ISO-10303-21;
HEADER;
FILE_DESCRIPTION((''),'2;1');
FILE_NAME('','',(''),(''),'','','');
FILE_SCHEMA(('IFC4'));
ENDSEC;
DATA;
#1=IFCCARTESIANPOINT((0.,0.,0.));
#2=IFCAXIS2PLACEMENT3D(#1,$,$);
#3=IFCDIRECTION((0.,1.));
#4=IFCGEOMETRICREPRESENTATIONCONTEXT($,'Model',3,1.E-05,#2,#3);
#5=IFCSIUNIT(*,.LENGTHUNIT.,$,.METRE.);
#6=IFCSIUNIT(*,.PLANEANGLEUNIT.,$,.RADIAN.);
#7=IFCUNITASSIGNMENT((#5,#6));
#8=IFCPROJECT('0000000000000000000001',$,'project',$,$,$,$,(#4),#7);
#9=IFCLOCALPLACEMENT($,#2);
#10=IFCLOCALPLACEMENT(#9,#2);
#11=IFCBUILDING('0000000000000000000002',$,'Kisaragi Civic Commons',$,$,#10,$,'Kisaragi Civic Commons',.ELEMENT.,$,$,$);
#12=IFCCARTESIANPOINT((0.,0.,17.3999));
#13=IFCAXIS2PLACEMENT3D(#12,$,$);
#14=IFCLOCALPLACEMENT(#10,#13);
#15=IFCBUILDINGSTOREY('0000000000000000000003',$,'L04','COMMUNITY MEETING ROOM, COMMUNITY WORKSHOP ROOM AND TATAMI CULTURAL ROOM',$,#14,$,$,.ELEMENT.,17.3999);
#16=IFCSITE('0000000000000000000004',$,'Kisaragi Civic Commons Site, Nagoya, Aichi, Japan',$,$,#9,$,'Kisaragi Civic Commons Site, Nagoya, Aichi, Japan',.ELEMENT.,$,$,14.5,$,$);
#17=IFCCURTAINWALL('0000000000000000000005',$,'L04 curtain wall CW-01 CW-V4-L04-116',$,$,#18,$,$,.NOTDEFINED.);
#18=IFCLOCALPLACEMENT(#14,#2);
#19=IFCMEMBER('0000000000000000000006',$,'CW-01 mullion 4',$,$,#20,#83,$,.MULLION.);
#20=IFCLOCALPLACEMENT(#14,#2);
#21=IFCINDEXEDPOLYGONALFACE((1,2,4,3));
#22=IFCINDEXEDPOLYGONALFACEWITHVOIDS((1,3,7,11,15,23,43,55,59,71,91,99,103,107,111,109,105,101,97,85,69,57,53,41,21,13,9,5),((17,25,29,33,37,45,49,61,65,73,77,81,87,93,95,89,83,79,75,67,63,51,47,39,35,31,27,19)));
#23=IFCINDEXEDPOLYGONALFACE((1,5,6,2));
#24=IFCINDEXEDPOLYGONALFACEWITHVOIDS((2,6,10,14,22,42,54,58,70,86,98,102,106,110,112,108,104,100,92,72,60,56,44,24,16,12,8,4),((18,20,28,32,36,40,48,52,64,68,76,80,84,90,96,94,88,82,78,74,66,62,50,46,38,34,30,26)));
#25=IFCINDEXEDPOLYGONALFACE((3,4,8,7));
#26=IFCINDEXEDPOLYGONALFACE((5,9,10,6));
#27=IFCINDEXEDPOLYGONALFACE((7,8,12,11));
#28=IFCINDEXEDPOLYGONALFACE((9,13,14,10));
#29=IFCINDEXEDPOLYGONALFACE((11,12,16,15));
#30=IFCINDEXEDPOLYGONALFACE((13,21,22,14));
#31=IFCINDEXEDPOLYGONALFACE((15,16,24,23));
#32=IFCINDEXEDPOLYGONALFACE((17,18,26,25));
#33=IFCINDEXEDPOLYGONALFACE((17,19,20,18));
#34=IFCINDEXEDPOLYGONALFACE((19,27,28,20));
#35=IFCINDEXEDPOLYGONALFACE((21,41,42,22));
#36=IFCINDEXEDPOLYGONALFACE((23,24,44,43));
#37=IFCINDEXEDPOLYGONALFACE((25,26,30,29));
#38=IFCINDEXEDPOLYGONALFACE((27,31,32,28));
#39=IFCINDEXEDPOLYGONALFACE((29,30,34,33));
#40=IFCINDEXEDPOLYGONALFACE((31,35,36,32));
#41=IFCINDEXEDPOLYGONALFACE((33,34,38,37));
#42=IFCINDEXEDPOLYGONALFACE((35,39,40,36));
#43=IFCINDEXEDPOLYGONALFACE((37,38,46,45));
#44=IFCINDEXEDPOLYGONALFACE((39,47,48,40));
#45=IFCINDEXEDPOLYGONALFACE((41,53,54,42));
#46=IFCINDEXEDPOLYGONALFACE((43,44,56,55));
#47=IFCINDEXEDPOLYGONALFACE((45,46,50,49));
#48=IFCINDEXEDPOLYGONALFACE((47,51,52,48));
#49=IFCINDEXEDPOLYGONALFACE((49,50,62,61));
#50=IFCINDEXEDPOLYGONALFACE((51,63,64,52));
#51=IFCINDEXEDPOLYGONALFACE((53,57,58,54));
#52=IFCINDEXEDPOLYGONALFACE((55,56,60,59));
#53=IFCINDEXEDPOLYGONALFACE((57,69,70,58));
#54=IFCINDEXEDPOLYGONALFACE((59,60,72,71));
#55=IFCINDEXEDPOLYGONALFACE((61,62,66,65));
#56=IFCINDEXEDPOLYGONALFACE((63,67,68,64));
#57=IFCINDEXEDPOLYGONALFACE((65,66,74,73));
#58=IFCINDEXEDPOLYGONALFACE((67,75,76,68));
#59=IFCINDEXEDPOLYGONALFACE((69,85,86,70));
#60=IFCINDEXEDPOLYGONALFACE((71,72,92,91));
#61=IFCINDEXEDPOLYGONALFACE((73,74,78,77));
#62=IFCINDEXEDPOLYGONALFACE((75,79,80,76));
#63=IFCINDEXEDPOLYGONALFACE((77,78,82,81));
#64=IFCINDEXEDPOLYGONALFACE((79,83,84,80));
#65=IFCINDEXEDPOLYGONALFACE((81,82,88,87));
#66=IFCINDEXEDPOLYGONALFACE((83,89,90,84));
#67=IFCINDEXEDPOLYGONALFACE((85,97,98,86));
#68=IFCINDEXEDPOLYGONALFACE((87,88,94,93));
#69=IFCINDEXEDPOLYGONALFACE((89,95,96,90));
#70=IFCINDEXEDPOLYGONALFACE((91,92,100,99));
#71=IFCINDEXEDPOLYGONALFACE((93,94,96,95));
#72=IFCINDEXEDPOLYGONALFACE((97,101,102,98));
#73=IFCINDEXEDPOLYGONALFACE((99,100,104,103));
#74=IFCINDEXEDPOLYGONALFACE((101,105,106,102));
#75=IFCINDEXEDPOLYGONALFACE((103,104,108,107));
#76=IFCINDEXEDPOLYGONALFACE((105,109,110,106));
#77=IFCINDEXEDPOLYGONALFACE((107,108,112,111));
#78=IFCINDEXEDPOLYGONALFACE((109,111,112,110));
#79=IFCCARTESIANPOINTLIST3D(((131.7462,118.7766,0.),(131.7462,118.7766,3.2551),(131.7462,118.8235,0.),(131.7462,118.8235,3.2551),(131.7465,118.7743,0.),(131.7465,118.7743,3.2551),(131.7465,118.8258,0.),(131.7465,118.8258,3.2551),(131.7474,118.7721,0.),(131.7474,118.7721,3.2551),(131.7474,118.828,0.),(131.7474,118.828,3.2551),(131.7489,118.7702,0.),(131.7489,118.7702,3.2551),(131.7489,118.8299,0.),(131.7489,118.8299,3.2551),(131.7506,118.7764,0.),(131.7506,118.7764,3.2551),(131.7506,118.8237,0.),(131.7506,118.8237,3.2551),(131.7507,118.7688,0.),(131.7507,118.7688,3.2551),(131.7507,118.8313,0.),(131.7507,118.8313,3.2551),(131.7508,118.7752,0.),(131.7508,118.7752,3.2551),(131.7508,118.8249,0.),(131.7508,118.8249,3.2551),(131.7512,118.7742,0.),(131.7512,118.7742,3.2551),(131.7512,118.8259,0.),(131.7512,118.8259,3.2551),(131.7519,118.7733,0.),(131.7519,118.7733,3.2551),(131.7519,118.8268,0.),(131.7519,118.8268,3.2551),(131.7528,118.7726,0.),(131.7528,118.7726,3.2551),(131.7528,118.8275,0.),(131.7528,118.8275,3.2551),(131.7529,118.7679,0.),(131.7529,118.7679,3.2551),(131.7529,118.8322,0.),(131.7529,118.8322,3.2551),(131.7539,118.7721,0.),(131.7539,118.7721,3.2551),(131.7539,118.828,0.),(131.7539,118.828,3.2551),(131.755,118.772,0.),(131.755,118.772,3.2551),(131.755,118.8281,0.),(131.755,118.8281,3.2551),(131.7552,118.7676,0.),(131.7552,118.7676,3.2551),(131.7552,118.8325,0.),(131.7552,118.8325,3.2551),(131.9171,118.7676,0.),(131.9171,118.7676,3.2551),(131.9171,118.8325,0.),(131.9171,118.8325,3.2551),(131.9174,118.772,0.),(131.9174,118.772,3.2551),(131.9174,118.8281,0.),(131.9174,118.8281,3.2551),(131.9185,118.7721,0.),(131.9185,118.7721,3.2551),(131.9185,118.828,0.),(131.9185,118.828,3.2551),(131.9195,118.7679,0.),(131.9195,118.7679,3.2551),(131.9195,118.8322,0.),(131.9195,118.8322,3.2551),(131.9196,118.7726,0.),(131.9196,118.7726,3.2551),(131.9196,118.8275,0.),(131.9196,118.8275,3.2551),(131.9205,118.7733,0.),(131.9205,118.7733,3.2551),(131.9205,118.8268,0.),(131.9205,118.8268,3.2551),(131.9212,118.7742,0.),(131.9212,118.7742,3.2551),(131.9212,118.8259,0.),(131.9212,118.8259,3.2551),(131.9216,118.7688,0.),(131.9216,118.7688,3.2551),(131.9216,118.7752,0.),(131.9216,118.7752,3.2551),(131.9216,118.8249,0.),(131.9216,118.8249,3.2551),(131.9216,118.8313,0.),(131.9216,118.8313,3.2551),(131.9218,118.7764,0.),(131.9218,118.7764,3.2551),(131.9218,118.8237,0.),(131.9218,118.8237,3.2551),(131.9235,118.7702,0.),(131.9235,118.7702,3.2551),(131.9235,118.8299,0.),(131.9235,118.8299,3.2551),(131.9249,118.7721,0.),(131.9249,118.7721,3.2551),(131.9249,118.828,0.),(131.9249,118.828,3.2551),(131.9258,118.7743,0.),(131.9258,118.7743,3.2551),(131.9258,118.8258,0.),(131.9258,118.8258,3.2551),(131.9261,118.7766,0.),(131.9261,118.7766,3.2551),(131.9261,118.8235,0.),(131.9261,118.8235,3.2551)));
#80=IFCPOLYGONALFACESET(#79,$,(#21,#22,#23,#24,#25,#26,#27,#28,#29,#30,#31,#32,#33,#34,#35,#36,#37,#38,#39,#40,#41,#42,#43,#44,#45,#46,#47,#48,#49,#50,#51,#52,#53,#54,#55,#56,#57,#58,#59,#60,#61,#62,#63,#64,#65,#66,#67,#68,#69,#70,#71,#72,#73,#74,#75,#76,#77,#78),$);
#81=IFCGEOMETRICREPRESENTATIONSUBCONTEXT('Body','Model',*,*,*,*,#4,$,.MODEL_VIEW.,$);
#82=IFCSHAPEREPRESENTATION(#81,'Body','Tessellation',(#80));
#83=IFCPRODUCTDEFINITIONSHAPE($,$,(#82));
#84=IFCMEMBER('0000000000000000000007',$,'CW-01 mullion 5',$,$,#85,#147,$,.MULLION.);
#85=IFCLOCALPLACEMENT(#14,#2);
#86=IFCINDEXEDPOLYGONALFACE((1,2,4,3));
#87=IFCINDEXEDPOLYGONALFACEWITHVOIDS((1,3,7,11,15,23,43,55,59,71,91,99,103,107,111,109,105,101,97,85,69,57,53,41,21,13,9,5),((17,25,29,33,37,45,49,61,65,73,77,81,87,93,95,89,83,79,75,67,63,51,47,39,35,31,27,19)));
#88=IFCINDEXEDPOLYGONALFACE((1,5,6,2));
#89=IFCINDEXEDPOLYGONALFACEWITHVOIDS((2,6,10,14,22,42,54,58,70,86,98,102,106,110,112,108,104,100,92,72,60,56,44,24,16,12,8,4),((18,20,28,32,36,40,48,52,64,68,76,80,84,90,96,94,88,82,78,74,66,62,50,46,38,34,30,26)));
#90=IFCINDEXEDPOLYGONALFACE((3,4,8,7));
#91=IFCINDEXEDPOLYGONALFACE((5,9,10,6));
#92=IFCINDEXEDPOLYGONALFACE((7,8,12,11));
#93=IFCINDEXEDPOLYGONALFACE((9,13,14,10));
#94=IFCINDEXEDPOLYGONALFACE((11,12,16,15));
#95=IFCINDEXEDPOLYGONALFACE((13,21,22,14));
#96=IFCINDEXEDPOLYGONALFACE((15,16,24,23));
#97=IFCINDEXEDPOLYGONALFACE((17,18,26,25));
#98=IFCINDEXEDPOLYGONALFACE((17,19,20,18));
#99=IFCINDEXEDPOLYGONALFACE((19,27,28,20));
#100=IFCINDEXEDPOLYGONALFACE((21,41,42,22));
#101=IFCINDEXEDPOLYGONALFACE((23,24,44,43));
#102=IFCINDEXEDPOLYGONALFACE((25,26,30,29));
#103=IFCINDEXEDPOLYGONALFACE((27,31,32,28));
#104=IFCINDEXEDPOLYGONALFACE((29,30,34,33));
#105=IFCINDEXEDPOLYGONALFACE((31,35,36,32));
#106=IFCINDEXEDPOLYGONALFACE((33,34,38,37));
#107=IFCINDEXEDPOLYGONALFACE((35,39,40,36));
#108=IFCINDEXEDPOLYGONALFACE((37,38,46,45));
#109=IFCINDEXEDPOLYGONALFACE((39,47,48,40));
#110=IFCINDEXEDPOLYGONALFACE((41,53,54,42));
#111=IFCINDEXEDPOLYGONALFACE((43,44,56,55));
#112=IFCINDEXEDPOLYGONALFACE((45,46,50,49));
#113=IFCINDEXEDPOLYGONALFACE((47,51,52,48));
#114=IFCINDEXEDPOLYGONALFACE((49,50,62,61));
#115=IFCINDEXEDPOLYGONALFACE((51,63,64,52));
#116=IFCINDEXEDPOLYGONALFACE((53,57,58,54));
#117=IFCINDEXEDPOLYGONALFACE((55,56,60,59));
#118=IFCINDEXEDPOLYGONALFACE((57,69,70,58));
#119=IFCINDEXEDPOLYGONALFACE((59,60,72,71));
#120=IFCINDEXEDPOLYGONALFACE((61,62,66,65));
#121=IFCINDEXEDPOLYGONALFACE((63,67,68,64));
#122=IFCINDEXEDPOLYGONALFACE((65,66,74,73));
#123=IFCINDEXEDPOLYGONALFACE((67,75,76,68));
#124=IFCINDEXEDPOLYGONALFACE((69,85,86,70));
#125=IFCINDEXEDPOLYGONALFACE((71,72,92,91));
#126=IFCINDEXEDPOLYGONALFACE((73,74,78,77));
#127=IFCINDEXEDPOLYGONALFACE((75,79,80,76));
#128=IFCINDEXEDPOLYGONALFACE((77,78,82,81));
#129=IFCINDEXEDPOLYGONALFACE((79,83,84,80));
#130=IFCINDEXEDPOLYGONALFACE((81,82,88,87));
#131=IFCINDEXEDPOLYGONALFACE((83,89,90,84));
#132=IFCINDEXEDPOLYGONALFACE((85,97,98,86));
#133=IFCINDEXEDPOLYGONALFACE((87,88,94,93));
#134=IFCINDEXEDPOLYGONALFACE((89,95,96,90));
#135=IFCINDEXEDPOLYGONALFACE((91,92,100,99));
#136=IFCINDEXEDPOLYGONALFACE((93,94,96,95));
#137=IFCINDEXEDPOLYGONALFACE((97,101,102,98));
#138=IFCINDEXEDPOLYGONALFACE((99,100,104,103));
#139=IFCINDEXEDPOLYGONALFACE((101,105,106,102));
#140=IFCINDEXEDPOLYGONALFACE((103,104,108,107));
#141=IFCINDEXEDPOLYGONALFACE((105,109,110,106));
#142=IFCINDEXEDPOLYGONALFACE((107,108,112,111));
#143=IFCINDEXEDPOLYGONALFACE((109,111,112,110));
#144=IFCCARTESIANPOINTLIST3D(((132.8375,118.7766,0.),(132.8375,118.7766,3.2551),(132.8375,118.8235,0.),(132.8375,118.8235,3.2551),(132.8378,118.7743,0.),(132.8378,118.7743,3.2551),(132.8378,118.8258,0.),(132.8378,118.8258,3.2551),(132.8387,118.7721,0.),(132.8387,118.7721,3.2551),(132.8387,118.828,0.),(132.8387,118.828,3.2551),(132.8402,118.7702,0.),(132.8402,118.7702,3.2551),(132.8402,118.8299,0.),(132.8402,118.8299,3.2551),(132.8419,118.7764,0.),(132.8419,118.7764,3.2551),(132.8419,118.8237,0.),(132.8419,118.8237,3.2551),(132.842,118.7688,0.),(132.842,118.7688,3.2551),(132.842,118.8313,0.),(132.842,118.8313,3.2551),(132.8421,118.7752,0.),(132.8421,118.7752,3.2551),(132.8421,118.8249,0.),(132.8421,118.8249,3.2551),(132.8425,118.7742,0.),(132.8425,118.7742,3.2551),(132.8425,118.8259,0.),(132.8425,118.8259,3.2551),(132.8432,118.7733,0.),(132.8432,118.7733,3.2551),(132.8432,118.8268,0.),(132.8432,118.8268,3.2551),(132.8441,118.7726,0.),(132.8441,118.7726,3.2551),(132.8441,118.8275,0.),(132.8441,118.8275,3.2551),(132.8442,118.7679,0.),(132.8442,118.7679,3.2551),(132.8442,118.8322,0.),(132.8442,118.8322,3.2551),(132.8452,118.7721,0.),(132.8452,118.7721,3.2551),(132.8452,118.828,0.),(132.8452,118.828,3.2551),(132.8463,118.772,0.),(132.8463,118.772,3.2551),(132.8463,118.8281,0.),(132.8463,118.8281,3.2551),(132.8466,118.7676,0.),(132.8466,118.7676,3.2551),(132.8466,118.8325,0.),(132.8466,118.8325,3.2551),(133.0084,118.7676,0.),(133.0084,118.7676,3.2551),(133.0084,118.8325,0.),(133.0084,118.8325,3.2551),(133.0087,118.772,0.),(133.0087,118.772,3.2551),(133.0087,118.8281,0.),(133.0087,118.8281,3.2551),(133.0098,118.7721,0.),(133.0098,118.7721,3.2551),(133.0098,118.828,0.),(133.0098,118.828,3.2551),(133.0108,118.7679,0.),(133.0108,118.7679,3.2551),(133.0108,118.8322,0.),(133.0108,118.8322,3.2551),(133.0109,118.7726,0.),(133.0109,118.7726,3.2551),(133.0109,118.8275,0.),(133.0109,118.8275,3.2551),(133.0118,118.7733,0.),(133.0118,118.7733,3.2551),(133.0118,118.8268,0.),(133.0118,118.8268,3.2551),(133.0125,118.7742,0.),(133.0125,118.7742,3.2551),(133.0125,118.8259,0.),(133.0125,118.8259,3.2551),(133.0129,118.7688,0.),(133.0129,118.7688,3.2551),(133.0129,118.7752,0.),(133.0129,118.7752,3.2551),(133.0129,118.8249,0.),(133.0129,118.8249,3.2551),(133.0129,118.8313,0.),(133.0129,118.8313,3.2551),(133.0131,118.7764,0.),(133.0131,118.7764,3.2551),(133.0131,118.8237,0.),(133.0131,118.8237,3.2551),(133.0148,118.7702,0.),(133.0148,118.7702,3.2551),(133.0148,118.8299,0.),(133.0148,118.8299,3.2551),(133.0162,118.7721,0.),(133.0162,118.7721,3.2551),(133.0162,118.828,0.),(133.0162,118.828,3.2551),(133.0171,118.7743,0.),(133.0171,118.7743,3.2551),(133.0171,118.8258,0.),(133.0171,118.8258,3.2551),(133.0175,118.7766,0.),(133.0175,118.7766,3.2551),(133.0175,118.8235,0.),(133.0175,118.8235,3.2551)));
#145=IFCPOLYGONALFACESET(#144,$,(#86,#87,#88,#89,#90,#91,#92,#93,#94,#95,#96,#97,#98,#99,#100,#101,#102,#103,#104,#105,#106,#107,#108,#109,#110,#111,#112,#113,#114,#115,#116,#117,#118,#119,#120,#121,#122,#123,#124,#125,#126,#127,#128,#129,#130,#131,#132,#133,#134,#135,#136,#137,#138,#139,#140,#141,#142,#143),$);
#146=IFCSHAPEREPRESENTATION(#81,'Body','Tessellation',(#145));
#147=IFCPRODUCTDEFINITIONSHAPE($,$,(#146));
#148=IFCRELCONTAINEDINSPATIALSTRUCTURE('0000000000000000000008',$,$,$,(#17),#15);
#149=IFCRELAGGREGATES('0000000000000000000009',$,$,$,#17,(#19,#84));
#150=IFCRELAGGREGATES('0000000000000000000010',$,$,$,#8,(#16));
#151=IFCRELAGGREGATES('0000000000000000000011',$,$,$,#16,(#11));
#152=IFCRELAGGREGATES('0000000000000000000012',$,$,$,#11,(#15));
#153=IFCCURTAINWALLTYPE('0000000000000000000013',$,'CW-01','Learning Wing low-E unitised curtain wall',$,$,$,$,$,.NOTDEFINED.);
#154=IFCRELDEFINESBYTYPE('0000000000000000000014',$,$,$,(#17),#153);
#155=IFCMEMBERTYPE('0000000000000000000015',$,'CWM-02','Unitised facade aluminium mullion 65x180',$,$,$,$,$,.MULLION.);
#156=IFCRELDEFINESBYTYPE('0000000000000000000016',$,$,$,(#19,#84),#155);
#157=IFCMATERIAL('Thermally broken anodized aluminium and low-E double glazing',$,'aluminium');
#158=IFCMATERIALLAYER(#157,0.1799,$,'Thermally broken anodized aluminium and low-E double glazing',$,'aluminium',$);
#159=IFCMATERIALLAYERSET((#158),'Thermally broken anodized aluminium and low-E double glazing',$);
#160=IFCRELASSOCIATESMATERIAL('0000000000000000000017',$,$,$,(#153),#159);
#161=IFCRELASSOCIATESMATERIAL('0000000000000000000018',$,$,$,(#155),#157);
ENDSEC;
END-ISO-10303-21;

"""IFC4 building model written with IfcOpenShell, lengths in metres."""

from ifc_helpers import new_model, si_unit, direction, frame, origin, origin_2d, place, context, subcontext, project, spatial, hollow_rectangle, extrude, material, layer, layer_set, material_profile, profile_set, type_object, element, aggregate, save


model = new_model("IFC4")

# Units and contexts
model_context = context("Model", 3, precision=1e-05, world=origin(), true_north=direction((0.0, 1.0)))
body_context = subcontext(model_context, "Body", "Model", "MODEL_VIEW")
ifc_project = project(units=[si_unit("LENGTHUNIT", "METRE"), si_unit("PLANEANGLEUNIT", "RADIAN")], contexts=[model_context])

# Site, building, storey
site_placement = place(None, origin())
site = spatial("IfcSite", under=ifc_project, at=site_placement, Name="Kisaragi Civic Commons Site, Nagoya, Aichi, Japan", LongName="Kisaragi Civic Commons Site, Nagoya, Aichi, Japan", CompositionType="ELEMENT", RefElevation=14.5)
building_placement = place(site_placement, origin())
building = spatial("IfcBuilding", under=site, at=building_placement, Name="Kisaragi Civic Commons", LongName="Kisaragi Civic Commons", CompositionType="ELEMENT")
storey_placement = place(building_placement, frame((0.0, 0.0, 17.3999)))
storey = spatial("IfcBuildingStorey", under=building, at=storey_placement, Name="L04", Description="COMMUNITY MEETING ROOM, COMMUNITY WORKSHOP ROOM AND TATAMI CULTURAL ROOM", CompositionType="ELEMENT", Elevation=17.3999)

# Shared definitions
ifc_material_1 = material(Name="Thermally broken anodized aluminium and low-E double glazing", Category="aluminium")
ifc_layer_1 = layer(ifc_material_1, 0.1799, Name="Thermally broken anodized aluminium and low-E double glazing", Category="aluminium")
ifc_layer_set_1 = layer_set([ifc_layer_1], Name="Thermally broken anodized aluminium and low-E double glazing")
curtain_wall_type = type_object("IfcCurtainWallType", Name="CW-01", Description="Learning Wing low-E unitised curtain wall", PredefinedType="NOTDEFINED", material=ifc_layer_set_1)
ifc_material_profile_1 = material_profile(ifc_material_1, hollow_rectangle(XDim=0.0649, YDim=0.1799, WallThickness=0.0044, InnerFilletRadius=0.0044, OuterFilletRadius=0.009, at=origin_2d()), Name="CWM-65x180x4.5", Category="aluminium")
ifc_profile_set_1 = profile_set([ifc_material_profile_1], Name="Thermally broken anodized aluminium and low-E double glazing")
member_type_1 = type_object("IfcMemberType", Name="CWM-02", Description="Unitised facade aluminium mullion 65x180", PredefinedType="MULLION", material=ifc_profile_set_1)

# Curtain wall, members
curtain_wall_1_placement = place(storey_placement, origin())
curtain_wall_1 = element("IfcCurtainWall", 1, at=curtain_wall_1_placement, inside=storey, type_object=curtain_wall_type, Name="L04 curtain wall CW-01 CW-V4-L04-116", PredefinedType="NOTDEFINED")
member_1_placement = place(storey_placement, frame((131.8362, 118.8, 0.0), z_axis=(0.0, 0.0, 1.0), x_axis=(0.0, 1.0, 0.0)))
member_1 = element("IfcMember", 2, at=member_1_placement, type_object=member_type_1, Name="CW-01 mullion 4", PredefinedType="MULLION", context=body_context, shape_type="SweptSolid", body=[
    extrude(hollow_rectangle(XDim=0.0649, YDim=0.1799, WallThickness=0.0044, InnerFilletRadius=0.0044, OuterFilletRadius=0.009, at=origin_2d()), origin(), (0.0, 0.0, 1.0), 3.2551),
])
member_2_placement = place(storey_placement, frame((132.9275, 118.8, 0.0), z_axis=(0.0, 0.0, 1.0), x_axis=(0.0, 1.0, 0.0)))
member_2 = element("IfcMember", 3, at=member_2_placement, type_object=member_type_1, Name="CW-01 mullion 5", PredefinedType="MULLION", context=body_context, shape_type="SweptSolid", body=[
    extrude(hollow_rectangle(XDim=0.0649, YDim=0.1799, WallThickness=0.0044, InnerFilletRadius=0.0044, OuterFilletRadius=0.009, at=origin_2d()), origin(), (0.0, 0.0, 1.0), 3.2551),
])

aggregate(curtain_wall_1, [member_1, member_2])

save(model, "model.ifc")
